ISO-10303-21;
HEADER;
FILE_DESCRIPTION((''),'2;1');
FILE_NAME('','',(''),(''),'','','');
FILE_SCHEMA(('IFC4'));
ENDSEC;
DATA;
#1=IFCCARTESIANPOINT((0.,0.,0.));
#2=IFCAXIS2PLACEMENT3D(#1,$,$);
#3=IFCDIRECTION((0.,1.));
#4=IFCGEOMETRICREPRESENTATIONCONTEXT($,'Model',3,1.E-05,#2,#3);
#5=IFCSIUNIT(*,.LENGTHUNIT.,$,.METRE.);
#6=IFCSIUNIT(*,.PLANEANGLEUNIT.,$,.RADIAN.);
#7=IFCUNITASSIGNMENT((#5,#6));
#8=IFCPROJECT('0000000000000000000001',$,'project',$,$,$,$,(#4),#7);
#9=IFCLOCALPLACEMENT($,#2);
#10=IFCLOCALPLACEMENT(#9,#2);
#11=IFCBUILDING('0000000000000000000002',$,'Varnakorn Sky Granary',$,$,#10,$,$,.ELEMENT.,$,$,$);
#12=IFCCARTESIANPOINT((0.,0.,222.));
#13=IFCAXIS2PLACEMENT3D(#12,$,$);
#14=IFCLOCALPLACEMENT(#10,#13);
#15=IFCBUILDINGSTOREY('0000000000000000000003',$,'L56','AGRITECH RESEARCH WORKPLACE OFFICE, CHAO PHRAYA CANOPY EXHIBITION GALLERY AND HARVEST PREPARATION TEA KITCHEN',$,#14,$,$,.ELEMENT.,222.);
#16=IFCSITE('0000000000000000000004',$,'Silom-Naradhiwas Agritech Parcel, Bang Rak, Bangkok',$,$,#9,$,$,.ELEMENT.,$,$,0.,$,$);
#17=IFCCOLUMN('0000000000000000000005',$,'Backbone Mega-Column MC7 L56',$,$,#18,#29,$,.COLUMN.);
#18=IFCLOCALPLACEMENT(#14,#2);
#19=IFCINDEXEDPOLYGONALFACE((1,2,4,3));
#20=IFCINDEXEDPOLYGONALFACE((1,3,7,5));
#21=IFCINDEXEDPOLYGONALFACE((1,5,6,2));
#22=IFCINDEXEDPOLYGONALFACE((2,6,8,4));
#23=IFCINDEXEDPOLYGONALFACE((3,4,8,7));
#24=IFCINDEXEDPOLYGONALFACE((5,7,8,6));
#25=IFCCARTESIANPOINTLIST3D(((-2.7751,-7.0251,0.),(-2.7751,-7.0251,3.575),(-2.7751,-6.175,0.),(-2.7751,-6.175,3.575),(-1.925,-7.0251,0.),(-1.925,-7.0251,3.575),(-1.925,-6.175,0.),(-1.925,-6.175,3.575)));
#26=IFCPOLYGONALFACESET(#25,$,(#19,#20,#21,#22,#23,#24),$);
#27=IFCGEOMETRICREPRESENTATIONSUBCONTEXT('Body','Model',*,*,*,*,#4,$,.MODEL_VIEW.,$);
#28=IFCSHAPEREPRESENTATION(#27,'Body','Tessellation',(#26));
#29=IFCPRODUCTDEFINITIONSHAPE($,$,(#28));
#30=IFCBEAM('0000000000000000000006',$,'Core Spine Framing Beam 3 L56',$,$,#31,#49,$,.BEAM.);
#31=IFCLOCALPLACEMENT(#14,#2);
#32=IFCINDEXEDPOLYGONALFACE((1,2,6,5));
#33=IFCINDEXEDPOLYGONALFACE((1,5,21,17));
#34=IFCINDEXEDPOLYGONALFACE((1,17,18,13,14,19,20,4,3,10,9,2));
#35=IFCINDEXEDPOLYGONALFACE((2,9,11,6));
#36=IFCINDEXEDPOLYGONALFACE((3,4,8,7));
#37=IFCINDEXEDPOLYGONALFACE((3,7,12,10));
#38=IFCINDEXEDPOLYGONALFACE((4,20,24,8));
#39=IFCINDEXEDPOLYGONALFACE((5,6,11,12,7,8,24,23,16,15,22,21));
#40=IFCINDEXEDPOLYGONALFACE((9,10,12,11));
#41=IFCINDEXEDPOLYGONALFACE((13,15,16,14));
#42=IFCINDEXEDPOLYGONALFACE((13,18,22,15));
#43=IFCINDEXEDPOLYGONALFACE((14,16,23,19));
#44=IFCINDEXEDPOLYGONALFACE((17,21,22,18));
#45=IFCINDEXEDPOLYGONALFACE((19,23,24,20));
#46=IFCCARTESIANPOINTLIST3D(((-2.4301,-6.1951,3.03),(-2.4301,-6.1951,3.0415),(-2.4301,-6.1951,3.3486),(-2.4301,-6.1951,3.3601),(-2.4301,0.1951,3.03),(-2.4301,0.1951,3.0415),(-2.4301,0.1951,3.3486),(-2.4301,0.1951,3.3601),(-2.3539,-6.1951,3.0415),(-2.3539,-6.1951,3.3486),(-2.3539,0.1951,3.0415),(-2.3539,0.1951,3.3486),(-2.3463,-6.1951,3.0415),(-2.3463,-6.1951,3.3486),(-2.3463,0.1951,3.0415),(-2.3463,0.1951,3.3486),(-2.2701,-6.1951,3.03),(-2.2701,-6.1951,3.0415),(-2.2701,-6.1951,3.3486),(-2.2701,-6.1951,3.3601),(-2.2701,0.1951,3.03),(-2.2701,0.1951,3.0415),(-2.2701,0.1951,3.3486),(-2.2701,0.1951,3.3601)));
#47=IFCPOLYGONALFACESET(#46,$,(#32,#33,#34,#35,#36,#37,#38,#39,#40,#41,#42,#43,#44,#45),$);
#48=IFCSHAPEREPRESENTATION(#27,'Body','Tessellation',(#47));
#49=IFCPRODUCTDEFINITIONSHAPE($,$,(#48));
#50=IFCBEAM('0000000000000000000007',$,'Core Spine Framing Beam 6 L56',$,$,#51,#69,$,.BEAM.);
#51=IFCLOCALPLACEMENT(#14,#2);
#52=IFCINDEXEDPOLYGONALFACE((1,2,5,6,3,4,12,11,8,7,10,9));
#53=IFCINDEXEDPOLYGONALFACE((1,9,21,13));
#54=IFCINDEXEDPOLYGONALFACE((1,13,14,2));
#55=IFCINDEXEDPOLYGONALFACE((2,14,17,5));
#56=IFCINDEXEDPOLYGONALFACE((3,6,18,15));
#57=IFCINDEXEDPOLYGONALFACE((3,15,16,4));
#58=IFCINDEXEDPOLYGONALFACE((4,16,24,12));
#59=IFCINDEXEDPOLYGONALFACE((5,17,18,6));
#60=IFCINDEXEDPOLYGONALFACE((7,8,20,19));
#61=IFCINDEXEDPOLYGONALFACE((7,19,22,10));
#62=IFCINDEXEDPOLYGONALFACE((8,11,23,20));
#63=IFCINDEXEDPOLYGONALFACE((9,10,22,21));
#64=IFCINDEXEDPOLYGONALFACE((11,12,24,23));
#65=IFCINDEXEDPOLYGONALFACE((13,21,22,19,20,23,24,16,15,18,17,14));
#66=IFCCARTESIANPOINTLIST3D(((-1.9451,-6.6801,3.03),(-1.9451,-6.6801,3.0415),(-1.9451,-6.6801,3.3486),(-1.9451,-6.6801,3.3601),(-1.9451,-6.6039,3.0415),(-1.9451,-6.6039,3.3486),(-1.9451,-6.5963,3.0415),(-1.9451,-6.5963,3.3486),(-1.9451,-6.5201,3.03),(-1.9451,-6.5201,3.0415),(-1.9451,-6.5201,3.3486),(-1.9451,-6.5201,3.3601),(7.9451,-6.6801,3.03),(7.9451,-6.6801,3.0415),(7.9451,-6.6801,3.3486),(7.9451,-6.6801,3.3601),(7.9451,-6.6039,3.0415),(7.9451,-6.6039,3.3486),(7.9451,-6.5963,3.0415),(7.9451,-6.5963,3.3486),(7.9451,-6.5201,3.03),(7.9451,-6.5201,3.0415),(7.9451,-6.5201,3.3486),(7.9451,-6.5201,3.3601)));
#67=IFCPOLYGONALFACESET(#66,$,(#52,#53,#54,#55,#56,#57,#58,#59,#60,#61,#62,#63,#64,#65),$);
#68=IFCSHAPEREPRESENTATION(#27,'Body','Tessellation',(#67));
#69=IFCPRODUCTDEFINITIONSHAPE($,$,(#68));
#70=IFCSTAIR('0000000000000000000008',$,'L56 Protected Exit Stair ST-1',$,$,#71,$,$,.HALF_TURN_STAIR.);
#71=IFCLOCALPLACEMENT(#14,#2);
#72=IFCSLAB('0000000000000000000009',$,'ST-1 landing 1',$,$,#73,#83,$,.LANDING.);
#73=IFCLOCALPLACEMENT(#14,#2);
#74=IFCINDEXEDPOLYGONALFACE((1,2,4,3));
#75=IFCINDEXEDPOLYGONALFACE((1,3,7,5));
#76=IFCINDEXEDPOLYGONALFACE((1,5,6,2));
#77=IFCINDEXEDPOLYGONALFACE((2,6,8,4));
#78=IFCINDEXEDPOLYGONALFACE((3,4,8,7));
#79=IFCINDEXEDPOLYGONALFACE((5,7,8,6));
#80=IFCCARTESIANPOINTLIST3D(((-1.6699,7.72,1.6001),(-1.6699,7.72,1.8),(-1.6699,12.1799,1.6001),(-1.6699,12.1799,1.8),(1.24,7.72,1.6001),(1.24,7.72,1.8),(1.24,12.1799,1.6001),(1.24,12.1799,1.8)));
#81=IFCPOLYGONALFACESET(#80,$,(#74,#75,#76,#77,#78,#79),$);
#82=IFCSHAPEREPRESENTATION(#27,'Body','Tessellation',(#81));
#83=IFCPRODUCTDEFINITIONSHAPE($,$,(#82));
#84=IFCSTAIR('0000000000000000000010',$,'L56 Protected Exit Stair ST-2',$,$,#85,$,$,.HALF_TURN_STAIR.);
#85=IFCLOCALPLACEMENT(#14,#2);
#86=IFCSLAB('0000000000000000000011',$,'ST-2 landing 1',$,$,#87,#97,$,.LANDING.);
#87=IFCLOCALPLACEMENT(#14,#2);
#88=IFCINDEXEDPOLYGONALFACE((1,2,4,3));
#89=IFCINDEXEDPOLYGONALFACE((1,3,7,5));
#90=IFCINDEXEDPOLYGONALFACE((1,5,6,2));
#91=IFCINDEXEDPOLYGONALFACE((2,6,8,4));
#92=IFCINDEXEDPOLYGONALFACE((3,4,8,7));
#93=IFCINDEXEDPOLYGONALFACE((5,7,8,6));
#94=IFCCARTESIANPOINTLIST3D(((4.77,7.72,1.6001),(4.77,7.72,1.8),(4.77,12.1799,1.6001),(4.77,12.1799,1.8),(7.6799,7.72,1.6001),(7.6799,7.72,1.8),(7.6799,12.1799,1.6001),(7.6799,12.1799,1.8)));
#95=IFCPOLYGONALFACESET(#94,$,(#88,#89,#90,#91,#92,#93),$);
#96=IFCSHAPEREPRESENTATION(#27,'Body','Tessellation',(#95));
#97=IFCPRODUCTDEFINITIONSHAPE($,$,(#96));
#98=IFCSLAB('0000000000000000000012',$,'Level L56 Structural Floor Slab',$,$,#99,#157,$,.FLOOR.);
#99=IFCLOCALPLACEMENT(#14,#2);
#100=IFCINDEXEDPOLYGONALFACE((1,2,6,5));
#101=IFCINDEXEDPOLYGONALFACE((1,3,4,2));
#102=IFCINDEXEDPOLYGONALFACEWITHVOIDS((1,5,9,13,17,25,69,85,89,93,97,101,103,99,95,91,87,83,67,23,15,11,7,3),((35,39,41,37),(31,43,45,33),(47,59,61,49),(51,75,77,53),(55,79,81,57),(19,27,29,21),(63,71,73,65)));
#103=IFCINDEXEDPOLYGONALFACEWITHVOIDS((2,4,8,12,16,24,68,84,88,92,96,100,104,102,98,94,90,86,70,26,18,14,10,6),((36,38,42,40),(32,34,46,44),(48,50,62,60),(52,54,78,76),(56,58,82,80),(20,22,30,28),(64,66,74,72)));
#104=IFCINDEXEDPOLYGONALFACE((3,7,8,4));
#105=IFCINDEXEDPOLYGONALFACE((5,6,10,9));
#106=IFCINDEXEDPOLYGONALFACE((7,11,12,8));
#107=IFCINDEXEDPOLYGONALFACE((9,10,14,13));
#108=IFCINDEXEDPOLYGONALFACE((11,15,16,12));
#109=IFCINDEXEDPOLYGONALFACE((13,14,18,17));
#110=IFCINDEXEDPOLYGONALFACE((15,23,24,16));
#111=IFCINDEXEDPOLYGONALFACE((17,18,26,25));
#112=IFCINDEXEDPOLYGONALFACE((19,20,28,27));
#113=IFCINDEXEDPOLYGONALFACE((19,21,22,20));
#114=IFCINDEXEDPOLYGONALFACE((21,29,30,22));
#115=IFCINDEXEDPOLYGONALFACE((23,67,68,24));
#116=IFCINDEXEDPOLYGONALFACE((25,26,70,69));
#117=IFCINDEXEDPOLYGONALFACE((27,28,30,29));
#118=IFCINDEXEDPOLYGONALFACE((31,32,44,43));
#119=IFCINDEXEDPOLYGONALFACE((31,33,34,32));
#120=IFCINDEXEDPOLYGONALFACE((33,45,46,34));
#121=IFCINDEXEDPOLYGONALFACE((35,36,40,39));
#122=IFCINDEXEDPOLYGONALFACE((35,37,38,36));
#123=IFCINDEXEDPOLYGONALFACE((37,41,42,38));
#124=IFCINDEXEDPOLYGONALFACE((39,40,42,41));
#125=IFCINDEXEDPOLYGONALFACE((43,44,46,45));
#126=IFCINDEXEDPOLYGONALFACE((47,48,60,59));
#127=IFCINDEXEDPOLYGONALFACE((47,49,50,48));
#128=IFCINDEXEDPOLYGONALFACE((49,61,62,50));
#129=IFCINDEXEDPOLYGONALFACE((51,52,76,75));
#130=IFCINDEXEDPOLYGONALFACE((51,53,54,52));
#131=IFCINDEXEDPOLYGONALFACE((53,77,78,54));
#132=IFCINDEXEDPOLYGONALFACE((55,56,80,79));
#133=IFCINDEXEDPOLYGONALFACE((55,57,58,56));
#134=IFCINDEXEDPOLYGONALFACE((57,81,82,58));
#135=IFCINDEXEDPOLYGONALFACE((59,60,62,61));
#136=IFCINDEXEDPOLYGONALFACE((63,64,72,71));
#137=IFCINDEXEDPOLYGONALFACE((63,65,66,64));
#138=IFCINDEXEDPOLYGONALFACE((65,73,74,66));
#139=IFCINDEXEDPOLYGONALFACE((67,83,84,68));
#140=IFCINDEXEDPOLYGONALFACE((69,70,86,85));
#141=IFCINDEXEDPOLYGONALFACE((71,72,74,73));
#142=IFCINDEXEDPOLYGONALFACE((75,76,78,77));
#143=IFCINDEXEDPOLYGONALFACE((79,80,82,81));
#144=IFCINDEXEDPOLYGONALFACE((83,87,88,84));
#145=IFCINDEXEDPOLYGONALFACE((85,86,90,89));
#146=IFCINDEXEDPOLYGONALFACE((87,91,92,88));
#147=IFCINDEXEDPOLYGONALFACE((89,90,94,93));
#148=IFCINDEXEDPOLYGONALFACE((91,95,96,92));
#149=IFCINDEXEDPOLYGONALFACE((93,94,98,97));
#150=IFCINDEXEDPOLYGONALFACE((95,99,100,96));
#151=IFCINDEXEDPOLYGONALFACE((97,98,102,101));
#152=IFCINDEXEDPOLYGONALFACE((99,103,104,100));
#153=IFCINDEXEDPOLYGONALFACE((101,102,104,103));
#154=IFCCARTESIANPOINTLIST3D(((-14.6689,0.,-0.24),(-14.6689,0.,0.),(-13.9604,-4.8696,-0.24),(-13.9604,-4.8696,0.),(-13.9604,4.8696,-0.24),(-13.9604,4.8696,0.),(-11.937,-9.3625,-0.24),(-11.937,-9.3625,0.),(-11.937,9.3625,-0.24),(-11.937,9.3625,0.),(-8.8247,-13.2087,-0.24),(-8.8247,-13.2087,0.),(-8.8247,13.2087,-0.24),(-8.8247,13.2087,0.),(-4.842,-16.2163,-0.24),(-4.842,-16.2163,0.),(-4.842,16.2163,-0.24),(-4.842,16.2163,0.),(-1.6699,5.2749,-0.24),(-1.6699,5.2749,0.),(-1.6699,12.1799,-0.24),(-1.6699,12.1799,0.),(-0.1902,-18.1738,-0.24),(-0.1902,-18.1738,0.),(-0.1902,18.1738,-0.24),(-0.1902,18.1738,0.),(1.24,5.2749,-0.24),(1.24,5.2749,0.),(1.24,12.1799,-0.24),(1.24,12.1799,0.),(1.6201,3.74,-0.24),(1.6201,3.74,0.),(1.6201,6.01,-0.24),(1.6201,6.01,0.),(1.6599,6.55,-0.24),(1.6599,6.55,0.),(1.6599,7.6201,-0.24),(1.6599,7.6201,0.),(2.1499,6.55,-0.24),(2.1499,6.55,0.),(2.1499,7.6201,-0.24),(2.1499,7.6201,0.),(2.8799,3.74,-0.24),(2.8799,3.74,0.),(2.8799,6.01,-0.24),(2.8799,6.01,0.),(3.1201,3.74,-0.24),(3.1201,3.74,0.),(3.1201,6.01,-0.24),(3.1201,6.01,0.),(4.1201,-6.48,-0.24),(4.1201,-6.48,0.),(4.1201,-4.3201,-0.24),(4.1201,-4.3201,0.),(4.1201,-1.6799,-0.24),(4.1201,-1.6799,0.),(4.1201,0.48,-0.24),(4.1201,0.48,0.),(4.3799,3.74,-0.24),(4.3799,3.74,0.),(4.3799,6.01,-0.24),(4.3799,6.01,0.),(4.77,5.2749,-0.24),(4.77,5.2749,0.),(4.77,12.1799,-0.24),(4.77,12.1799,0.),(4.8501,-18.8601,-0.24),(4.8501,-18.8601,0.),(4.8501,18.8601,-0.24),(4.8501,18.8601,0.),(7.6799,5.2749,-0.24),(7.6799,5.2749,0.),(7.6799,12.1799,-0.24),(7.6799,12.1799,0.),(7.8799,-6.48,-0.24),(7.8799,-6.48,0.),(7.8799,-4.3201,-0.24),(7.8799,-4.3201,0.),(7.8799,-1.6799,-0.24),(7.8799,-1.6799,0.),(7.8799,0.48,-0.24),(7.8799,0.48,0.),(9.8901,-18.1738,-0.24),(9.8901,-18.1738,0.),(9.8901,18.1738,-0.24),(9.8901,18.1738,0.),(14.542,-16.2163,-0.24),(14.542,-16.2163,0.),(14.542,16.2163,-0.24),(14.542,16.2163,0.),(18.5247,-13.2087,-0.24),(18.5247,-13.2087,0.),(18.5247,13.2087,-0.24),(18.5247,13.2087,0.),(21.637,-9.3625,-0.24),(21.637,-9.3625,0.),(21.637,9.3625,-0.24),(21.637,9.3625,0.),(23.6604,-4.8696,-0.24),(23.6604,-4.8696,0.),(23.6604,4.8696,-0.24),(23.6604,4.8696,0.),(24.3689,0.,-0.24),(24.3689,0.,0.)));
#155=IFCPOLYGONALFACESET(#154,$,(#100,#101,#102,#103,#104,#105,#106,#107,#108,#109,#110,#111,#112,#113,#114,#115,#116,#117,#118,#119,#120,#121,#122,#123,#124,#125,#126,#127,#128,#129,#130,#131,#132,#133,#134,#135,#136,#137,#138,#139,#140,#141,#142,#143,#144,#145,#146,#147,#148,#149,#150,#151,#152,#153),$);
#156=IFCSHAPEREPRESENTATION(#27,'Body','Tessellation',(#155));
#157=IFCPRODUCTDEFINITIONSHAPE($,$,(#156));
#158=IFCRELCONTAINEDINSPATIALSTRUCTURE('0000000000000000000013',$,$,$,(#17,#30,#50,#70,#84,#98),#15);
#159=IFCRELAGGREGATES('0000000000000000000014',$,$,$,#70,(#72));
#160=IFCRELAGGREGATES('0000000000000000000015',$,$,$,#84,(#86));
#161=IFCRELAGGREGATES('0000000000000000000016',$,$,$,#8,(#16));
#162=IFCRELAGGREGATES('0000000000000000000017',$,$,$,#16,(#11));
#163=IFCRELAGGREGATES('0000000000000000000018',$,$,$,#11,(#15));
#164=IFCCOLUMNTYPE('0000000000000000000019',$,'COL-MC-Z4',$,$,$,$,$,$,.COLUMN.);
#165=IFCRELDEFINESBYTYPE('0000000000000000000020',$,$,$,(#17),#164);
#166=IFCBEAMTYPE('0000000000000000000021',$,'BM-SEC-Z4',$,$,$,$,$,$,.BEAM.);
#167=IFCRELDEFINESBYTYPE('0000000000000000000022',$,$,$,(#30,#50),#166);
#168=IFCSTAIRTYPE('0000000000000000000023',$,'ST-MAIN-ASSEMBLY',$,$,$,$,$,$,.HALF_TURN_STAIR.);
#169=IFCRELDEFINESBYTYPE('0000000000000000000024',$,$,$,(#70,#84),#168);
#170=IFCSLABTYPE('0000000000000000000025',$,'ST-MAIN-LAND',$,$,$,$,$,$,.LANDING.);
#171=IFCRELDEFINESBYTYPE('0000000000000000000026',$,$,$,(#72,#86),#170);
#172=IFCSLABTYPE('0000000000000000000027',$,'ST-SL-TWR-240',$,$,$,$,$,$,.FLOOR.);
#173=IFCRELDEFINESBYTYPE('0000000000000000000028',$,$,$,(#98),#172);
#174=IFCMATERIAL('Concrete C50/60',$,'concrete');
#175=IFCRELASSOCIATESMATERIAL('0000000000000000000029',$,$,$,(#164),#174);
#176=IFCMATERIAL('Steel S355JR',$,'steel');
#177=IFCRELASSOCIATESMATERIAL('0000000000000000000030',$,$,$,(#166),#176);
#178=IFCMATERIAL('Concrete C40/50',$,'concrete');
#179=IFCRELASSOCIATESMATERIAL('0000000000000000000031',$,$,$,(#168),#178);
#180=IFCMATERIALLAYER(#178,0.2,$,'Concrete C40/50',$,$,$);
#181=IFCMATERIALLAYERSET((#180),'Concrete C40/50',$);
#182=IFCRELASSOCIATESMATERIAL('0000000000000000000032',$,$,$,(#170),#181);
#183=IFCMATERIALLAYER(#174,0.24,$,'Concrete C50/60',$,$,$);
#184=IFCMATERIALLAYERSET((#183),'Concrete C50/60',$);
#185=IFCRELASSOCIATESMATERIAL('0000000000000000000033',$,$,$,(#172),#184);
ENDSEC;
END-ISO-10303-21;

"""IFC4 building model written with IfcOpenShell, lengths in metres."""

from ifc_helpers import new_model, si_unit, direction, frame, origin, origin_2d, place, context, subcontext, project, spatial, polyline, rectangle, i_section, outline, extrude, material, layer, layer_set, material_profile, profile_set, type_object, element, aggregate, save


model = new_model("IFC4")

# Units and contexts
model_context = context("Model", 3, precision=1e-05, world=origin(), true_north=direction((0.0, 1.0)))
body_context = subcontext(model_context, "Body", "Model", "MODEL_VIEW")
ifc_project = project(units=[si_unit("LENGTHUNIT", "METRE"), si_unit("PLANEANGLEUNIT", "RADIAN")], contexts=[model_context])

# Site, building, storey
site_placement = place(None, origin())
site = spatial("IfcSite", under=ifc_project, at=site_placement, Name="Silom-Naradhiwas Agritech Parcel, Bang Rak, Bangkok", CompositionType="ELEMENT", RefElevation=0.0)
building_placement = place(site_placement, origin())
building = spatial("IfcBuilding", under=site, at=building_placement, Name="Varnakorn Sky Granary", CompositionType="ELEMENT")
storey_placement = place(building_placement, frame((0.0, 0.0, 222.0)))
storey = spatial("IfcBuildingStorey", under=building, at=storey_placement, Name="L56", Description="AGRITECH RESEARCH WORKPLACE OFFICE, CHAO PHRAYA CANOPY EXHIBITION GALLERY AND HARVEST PREPARATION TEA KITCHEN", CompositionType="ELEMENT", Elevation=222.0)

# Column
ifc_material_1 = material(Name="Concrete C50/60", Category="concrete")
ifc_material_profile_1 = material_profile(ifc_material_1, rectangle(XDim=0.8501, YDim=0.8501, at=origin_2d()), Name="RC 850x850")
ifc_profile_set_1 = profile_set([ifc_material_profile_1], Name="Concrete C50/60")
column_type = type_object("IfcColumnType", Name="COL-MC-Z4", PredefinedType="COLUMN", material=ifc_profile_set_1)
column_placement = place(storey_placement, frame((-2.3501, -6.6001, 0.0), z_axis=(0.0, 0.0, 1.0), x_axis=(1.0, 0.0, 0.0)))
element("IfcColumn", 1, at=column_placement, inside=storey, type_object=column_type, Name="Backbone Mega-Column MC7 L56", PredefinedType="COLUMN", context=body_context, shape_type="SweptSolid", body=[
    extrude(rectangle(XDim=0.8501, YDim=0.8501, at=origin_2d()), origin(), (0.0, 0.0, 1.0), 3.575),
])

# Beams
ifc_material_2 = material(Name="Steel S355JR", Category="steel")
ifc_material_profile_2 = material_profile(ifc_material_2, i_section(OverallWidth=0.1599, OverallDepth=0.3301, WebThickness=0.0076, FlangeThickness=0.0115, at=origin_2d()), Name="IPE 330")
ifc_profile_set_2 = profile_set([ifc_material_profile_2], Name="Steel S355JR")
beam_type = type_object("IfcBeamType", Name="BM-SEC-Z4", PredefinedType="BEAM", material=ifc_profile_set_2)
beam_1_placement = place(storey_placement, frame((-2.3501, 0.1951, 3.1951), z_axis=(0.0, -1.0, 0.0), x_axis=(1.0, 0.0, 0.0)))
element("IfcBeam", 2, at=beam_1_placement, inside=storey, type_object=beam_type, Name="Core Spine Framing Beam 3 L56", PredefinedType="BEAM", context=body_context, shape_type="SweptSolid", body=[
    extrude(i_section(OverallWidth=0.1599, OverallDepth=0.3301, WebThickness=0.0076, FlangeThickness=0.0115, at=origin_2d()), origin(), (0.0, 0.0, 1.0), 6.3901),
])
beam_2_placement = place(storey_placement, frame((-1.9451, -6.6001, 3.1951), z_axis=(1.0, 0.0, 0.0), x_axis=(0.0, 1.0, 0.0)))
element("IfcBeam", 3, at=beam_2_placement, inside=storey, type_object=beam_type, Name="Core Spine Framing Beam 6 L56", PredefinedType="BEAM", context=body_context, shape_type="SweptSolid", body=[
    extrude(i_section(OverallWidth=0.1599, OverallDepth=0.3301, WebThickness=0.0076, FlangeThickness=0.0115, at=origin_2d()), origin(), (0.0, 0.0, 1.0), 9.8901),
])

# Stairs, slabs
ifc_material_3 = material(Name="Concrete C40/50", Category="concrete")
stair_type = type_object("IfcStairType", Name="ST-MAIN-ASSEMBLY", PredefinedType="HALF_TURN_STAIR", material=ifc_material_3)
stair_1_placement = place(storey_placement, origin())
stair_1 = element("IfcStair", 4, at=stair_1_placement, inside=storey, type_object=stair_type, Name="L56 Protected Exit Stair ST-1", PredefinedType="HALF_TURN_STAIR")
ifc_layer_1 = layer(ifc_material_3, 0.2, Name="Concrete C40/50")
ifc_layer_set_1 = layer_set([ifc_layer_1], Name="Concrete C40/50")
slab_type_1 = type_object("IfcSlabType", Name="ST-MAIN-LAND", PredefinedType="LANDING", material=ifc_layer_set_1)
slab_1_placement = place(storey_placement, frame((0.0, 0.0, 1.6001)))
slab_1 = element("IfcSlab", 5, at=slab_1_placement, type_object=slab_type_1, Name="ST-1 landing 1", PredefinedType="LANDING", context=body_context, shape_type="SweptSolid", body=[
    extrude(outline(polyline([(1.24, 7.72), (1.24, 12.1799), (-1.6699, 12.1799), (-1.6699, 7.72), (1.24, 7.72)])), origin(), (0.0, 0.0, 1.0), 0.2),
])
aggregate(stair_1, [slab_1])
stair_2_placement = place(storey_placement, origin())
stair_2 = element("IfcStair", 6, at=stair_2_placement, inside=storey, type_object=stair_type, Name="L56 Protected Exit Stair ST-2", PredefinedType="HALF_TURN_STAIR")
slab_2_placement = place(storey_placement, frame((0.0, 0.0, 1.6001)))
slab_2 = element("IfcSlab", 7, at=slab_2_placement, type_object=slab_type_1, Name="ST-2 landing 1", PredefinedType="LANDING", context=body_context, shape_type="SweptSolid", body=[
    extrude(outline(polyline([(7.6799, 7.72), (7.6799, 12.1799), (4.77, 12.1799), (4.77, 7.72), (7.6799, 7.72)])), origin(), (0.0, 0.0, 1.0), 0.2),
])
aggregate(stair_2, [slab_2])

# Slab
ifc_layer_2 = layer(ifc_material_1, 0.24, Name="Concrete C50/60")
ifc_layer_set_2 = layer_set([ifc_layer_2], Name="Concrete C50/60")
slab_type_2 = type_object("IfcSlabType", Name="ST-SL-TWR-240", PredefinedType="FLOOR", material=ifc_layer_set_2)
slab_3_placement = place(storey_placement, frame((0.0, 0.0, -0.24)))
element("IfcSlab", 8, at=slab_3_placement, inside=storey, type_object=slab_type_2, Name="Level L56 Structural Floor Slab", PredefinedType="FLOOR", context=body_context, shape_type="SweptSolid", body=[
    extrude(outline(polyline([(24.3689, 0.0), (23.6604, 4.8696), (21.637, 9.3625), (18.5247, 13.2087), (14.542, 16.2163), (9.8901, 18.1738), (4.8501, 18.8601), (-0.1902, 18.1738), (-4.842, 16.2163), (-8.8247, 13.2087), (-11.937, 9.3625), (-13.9604, 4.8696), (-14.6689, 0.0), (-13.9604, -4.8696), (-11.937, -9.3625), (-8.8247, -13.2087), (-4.842, -16.2163), (-0.1902, -18.1738), (4.8501, -18.8601), (9.8901, -18.1738), (14.542, -16.2163), (18.5247, -13.2087), (21.637, -9.3625), (23.6604, -4.8696), (24.3689, 0.0)]), holes=[polyline([(1.24, 5.2749), (1.24, 12.1799), (-1.6699, 12.1799), (-1.6699, 5.2749), (1.24, 5.2749)]), polyline([(7.6799, 5.2749), (7.6799, 12.1799), (4.77, 12.1799), (4.77, 5.2749), (7.6799, 5.2749)]), polyline([(1.6599, 6.55), (2.1499, 6.55), (2.1499, 7.6201), (1.6599, 7.6201), (1.6599, 6.55)]), polyline([(1.6201, 3.74), (2.8799, 3.74), (2.8799, 6.01), (1.6201, 6.01), (1.6201, 3.74)]), polyline([(3.1201, 3.74), (4.3799, 3.74), (4.3799, 6.01), (3.1201, 6.01), (3.1201, 3.74)]), polyline([(4.1201, -1.6799), (7.8799, -1.6799), (7.8799, 0.48), (4.1201, 0.48), (4.1201, -1.6799)]), polyline([(4.1201, -6.48), (7.8799, -6.48), (7.8799, -4.3201), (4.1201, -4.3201), (4.1201, -6.48)])]), origin(), (0.0, 0.0, 1.0), 0.24),
])

save(model, "model.ifc")
